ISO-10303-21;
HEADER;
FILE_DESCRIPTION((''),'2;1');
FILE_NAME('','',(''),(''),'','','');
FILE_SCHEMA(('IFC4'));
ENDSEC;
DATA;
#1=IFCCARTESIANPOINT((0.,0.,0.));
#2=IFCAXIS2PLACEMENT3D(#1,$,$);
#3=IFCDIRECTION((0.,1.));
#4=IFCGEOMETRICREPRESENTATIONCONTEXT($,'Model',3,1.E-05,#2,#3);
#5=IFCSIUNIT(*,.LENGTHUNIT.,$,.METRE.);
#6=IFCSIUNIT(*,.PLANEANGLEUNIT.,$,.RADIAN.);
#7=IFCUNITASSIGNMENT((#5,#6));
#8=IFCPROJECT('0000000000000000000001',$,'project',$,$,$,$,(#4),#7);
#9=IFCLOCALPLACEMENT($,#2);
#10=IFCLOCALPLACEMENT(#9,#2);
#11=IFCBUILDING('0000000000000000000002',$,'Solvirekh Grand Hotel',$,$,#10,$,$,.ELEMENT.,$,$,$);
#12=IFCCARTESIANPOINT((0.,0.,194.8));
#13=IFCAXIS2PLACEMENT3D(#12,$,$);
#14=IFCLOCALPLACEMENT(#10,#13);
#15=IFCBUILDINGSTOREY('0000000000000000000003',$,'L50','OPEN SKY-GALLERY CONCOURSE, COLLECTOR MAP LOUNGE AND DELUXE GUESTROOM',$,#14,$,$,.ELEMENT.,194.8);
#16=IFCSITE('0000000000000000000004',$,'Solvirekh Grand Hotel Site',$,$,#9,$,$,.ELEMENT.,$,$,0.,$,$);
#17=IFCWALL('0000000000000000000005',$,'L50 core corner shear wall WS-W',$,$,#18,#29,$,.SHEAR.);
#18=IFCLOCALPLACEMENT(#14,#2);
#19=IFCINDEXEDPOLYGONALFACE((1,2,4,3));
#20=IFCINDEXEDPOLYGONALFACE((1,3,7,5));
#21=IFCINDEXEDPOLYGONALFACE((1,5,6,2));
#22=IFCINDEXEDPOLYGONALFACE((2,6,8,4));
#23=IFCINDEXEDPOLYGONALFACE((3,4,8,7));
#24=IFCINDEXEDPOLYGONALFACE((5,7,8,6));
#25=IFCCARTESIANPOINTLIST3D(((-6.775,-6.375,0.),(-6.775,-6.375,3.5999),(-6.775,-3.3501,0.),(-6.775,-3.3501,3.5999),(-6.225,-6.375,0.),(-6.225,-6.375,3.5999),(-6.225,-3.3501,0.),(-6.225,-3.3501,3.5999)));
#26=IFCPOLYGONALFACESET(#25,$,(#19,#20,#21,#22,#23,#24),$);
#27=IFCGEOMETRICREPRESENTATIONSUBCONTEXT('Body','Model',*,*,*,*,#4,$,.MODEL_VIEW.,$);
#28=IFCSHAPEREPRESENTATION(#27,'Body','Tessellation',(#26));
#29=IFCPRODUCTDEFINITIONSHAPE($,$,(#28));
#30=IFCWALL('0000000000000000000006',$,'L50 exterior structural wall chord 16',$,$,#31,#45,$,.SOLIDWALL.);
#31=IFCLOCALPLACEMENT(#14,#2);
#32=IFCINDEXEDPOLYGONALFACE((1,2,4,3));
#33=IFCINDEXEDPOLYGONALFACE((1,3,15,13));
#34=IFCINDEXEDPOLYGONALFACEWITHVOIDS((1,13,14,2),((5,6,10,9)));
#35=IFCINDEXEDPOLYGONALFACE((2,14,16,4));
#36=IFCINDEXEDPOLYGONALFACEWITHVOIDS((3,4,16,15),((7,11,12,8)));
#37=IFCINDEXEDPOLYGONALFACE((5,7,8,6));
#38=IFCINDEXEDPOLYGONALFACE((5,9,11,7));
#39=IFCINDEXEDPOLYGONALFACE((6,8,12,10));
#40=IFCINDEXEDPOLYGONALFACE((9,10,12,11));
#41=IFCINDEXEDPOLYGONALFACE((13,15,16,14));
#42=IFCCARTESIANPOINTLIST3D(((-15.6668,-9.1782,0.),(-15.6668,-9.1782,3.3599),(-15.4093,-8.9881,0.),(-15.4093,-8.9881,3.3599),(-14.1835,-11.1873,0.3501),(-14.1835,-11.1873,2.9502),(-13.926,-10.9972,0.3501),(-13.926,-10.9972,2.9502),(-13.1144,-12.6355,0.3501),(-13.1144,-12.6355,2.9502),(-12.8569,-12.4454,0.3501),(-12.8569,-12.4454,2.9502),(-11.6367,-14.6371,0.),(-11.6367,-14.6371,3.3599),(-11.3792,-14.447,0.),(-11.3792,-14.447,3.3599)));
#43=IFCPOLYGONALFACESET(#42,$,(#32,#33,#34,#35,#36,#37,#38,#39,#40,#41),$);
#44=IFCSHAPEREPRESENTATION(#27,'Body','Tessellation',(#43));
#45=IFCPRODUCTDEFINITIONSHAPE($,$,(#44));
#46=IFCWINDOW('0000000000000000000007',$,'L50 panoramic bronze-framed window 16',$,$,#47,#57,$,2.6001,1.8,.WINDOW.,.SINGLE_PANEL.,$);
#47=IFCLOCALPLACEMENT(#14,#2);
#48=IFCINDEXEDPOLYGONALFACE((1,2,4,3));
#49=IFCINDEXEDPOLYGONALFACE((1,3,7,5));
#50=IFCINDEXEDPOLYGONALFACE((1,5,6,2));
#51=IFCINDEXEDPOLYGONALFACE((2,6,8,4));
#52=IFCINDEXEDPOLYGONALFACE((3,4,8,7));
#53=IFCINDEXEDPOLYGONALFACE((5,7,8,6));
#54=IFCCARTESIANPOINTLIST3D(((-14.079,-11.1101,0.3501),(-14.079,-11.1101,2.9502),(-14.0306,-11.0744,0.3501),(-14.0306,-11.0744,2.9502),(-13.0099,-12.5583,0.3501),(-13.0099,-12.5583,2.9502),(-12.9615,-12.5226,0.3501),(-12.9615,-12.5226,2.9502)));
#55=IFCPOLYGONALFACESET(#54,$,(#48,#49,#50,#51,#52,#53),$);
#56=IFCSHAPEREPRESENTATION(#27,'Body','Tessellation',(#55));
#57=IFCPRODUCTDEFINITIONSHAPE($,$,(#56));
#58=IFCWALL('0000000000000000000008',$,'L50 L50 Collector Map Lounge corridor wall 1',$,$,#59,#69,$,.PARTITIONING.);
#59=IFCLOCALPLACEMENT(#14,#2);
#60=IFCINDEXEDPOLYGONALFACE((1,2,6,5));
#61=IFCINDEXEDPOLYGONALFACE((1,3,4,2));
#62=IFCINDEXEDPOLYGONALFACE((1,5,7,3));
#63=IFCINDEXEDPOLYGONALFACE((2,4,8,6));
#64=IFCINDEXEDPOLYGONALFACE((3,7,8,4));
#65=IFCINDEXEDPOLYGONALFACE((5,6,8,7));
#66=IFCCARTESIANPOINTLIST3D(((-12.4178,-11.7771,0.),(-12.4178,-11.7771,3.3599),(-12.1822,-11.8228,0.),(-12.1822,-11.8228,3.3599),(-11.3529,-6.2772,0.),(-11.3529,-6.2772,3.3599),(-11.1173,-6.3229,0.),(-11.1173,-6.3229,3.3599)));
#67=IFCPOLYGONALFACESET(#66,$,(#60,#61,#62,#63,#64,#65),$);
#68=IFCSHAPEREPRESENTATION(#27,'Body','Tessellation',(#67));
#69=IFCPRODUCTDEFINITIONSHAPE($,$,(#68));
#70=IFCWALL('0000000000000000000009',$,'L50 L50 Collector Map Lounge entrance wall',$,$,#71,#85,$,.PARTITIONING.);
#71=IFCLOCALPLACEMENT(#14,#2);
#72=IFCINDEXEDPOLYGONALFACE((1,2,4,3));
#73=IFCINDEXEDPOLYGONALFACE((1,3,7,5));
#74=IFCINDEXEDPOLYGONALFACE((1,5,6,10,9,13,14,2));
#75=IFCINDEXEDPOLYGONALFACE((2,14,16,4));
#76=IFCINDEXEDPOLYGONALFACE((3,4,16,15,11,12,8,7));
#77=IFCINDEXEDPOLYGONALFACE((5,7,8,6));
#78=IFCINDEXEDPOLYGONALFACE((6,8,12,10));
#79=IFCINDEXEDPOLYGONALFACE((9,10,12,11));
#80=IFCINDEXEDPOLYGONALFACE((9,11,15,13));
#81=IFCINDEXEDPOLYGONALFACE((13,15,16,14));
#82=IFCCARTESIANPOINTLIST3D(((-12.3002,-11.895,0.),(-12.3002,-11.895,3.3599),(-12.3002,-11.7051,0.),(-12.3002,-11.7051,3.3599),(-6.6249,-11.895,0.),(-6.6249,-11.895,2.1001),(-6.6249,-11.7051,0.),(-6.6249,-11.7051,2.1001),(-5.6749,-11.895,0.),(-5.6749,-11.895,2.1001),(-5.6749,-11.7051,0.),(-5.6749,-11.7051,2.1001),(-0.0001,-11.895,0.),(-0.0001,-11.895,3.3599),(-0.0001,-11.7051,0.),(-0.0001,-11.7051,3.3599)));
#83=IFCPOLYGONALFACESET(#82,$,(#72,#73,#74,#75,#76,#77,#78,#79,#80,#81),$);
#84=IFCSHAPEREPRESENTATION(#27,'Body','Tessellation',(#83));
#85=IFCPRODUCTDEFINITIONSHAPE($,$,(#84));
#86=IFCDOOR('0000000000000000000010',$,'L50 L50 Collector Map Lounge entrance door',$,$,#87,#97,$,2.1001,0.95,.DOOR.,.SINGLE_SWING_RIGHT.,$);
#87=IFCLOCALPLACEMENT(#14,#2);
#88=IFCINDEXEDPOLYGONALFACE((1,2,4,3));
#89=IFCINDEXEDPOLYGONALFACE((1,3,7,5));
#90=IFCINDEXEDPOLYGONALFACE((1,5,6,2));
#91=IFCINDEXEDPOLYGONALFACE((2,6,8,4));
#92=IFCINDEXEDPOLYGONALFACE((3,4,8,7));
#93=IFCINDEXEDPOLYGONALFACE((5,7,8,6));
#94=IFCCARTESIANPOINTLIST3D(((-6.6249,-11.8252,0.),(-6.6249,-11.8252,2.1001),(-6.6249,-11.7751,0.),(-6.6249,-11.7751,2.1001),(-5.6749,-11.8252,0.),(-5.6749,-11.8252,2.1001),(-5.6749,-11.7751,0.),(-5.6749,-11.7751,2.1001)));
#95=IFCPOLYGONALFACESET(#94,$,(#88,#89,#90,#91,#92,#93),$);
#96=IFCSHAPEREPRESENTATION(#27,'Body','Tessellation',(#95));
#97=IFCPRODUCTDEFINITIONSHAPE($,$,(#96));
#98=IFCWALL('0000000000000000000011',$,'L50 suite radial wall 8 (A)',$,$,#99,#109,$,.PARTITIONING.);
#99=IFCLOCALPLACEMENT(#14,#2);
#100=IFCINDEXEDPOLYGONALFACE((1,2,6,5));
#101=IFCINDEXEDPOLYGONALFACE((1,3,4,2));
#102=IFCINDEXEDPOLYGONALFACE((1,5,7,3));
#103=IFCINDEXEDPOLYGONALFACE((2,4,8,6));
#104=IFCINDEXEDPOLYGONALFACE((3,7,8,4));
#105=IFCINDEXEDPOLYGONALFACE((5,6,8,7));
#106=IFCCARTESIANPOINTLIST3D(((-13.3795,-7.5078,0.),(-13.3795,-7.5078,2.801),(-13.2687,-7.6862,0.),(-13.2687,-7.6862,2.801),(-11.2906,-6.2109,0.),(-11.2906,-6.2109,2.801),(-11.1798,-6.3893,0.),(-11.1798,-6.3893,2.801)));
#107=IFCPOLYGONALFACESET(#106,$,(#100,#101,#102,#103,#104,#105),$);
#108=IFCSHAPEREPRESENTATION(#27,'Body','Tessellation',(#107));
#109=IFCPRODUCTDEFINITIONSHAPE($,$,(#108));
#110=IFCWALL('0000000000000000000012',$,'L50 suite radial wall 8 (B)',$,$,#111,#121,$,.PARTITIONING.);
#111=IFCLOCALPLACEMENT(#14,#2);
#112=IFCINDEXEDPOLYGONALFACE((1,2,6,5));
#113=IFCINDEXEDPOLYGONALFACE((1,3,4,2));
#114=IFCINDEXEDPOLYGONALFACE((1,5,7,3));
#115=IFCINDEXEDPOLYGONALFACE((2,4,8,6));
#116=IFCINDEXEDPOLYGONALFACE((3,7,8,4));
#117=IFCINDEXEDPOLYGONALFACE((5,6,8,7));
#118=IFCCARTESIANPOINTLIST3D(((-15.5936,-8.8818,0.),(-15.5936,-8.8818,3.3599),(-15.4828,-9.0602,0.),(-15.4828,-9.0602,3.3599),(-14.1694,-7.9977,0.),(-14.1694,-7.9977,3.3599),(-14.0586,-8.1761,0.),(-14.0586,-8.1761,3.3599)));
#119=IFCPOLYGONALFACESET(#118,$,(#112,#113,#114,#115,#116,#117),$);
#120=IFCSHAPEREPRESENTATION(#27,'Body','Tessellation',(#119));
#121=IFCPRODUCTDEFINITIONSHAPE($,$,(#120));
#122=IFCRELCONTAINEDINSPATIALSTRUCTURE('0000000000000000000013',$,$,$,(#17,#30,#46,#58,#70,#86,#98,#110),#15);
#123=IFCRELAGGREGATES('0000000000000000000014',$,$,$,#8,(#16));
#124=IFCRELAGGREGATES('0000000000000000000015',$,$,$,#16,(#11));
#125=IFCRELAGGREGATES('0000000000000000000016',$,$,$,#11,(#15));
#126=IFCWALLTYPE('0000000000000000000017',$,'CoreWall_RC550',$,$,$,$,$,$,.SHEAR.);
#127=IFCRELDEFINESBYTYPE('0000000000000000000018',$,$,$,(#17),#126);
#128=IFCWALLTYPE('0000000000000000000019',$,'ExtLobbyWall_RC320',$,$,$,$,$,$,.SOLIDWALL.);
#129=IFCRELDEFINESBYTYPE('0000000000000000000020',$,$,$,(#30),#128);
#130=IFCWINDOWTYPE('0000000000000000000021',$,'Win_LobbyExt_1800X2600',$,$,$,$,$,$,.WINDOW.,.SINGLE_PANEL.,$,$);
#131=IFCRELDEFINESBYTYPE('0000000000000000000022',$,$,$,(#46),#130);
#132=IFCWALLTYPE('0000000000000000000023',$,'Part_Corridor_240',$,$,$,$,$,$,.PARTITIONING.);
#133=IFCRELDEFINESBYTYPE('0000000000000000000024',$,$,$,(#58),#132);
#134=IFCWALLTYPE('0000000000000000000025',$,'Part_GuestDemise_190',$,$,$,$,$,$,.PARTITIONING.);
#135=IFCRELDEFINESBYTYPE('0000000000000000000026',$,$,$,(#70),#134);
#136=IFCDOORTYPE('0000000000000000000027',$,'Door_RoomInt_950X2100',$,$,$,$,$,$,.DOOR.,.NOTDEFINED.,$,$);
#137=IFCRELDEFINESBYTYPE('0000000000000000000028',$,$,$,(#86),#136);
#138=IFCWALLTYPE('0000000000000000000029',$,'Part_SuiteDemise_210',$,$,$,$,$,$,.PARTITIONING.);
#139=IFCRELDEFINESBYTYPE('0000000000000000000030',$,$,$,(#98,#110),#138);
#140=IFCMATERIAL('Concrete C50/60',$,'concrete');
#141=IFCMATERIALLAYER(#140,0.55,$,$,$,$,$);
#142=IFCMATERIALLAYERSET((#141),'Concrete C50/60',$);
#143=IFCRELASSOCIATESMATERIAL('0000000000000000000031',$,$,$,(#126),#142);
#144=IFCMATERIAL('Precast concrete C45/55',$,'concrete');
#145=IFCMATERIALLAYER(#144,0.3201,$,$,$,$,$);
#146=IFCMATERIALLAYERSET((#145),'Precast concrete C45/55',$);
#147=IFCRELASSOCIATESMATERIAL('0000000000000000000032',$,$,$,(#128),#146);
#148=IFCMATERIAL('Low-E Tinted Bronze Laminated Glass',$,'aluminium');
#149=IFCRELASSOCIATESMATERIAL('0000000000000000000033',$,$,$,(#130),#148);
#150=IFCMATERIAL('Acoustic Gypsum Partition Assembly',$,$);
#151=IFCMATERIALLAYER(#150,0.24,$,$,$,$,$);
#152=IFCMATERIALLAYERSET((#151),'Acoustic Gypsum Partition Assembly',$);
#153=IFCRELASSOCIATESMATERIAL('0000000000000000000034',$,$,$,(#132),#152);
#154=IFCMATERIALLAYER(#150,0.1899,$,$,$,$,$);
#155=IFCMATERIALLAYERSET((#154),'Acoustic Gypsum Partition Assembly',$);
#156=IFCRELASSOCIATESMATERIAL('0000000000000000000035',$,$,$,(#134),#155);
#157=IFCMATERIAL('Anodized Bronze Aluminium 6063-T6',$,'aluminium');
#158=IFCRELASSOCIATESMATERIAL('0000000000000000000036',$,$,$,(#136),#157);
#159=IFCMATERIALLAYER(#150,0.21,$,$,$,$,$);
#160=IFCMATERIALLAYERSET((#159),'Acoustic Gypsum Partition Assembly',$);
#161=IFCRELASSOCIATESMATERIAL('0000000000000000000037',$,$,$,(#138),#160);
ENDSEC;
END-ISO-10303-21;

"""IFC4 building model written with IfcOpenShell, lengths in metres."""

from ifc_helpers import new_model, si_unit, direction, frame, frame_2d, origin, place, context, subcontext, project, spatial, rectangle, extrude, material, layer, layer_set, type_object, element, fill, save


model = new_model("IFC4")

# Units and contexts
model_context = context("Model", 3, precision=1e-05, world=origin(), true_north=direction((0.0, 1.0)))
body_context = subcontext(model_context, "Body", "Model", "MODEL_VIEW")
ifc_project = project(units=[si_unit("LENGTHUNIT", "METRE"), si_unit("PLANEANGLEUNIT", "RADIAN")], contexts=[model_context])

# Site, building, storey
site_placement = place(None, origin())
site = spatial("IfcSite", under=ifc_project, at=site_placement, Name="Solvirekh Grand Hotel Site", CompositionType="ELEMENT", RefElevation=0.0)
building_placement = place(site_placement, origin())
building = spatial("IfcBuilding", under=site, at=building_placement, Name="Solvirekh Grand Hotel", CompositionType="ELEMENT")
storey_placement = place(building_placement, frame((0.0, 0.0, 194.8)))
storey = spatial("IfcBuildingStorey", under=building, at=storey_placement, Name="L50", Description="OPEN SKY-GALLERY CONCOURSE, COLLECTOR MAP LOUNGE AND DELUXE GUESTROOM", CompositionType="ELEMENT", Elevation=194.8)

# Shared definitions
ifc_material_1 = material(Name="Concrete C50/60", Category="concrete")

# Shared definitions
ifc_material_2 = material(Name="Anodized Bronze Aluminium 6063-T6", Category="aluminium")
ifc_material_3 = material(Name="Low-E Tinted Bronze Laminated Glass", Category="aluminium")

# Wall
ifc_layer_1 = layer(ifc_material_1, 0.55)
ifc_layer_set_1 = layer_set([ifc_layer_1], Name="Concrete C50/60")
wall_type_1 = type_object("IfcWallType", Name="CoreWall_RC550", PredefinedType="SHEAR", material=ifc_layer_set_1)
wall_1_placement = place(storey_placement, frame((-6.5, -6.375, 0.0), z_axis=(0.0, 0.0, 1.0), x_axis=(0.0, 1.0, 0.0)))
element("IfcWall", 1, at=wall_1_placement, inside=storey, type_object=wall_type_1, Name="L50 core corner shear wall WS-W", PredefinedType="SHEAR", context=body_context, shape_type="SweptSolid", body=[
    extrude(rectangle(XDim=3.0249, YDim=0.55, at=frame_2d((1.5125, 0.0))), origin(), (0.0, 0.0, 1.0), 3.5999),
])

# Wall, opening, window
ifc_material_4 = material(Name="Precast concrete C45/55", Category="concrete")
ifc_layer_2 = layer(ifc_material_4, 0.3201)
ifc_layer_set_2 = layer_set([ifc_layer_2], Name="Precast concrete C45/55")
wall_type_2 = type_object("IfcWallType", Name="ExtLobbyWall_RC320", PredefinedType="SOLIDWALL", material=ifc_layer_set_2)
wall_2_placement = place(storey_placement, frame((-11.5081, -14.542, 0.0), z_axis=(0.0, 0.0, 1.0), x_axis=(-0.593927, 0.804519, 0.0)))
wall_2 = element("IfcWall", 2, at=wall_2_placement, inside=storey, type_object=wall_type_2, Name="L50 exterior structural wall chord 16", PredefinedType="SOLIDWALL", context=body_context, shape_type="SweptSolid", body=[
    extrude(rectangle(XDim=6.7854, YDim=0.3201, at=frame_2d((3.3926, 0.0))), origin(), (0.0, 0.0, 1.0), 3.3599),
])
opening_1_placement = place(wall_2_placement, frame((2.488, 0.0, 0.3501)))
opening_1 = element("IfcOpeningElement", 3, at=opening_1_placement, cuts=wall_2, PredefinedType="OPENING", context=body_context, shape_type="SweptSolid", body=[
    extrude(rectangle(XDim=1.8, YDim=2.6001, at=frame_2d((0.8999, 1.3))), frame((0.0, 0.1699, 0.0), z_axis=(0.0, -1.0, 0.0), x_axis=(1.0, 0.0, 0.0)), (0.0, 0.0, 1.0), 0.3401),
])
window_type = type_object("IfcWindowType", Name="Win_LobbyExt_1800X2600", PartitioningType="SINGLE_PANEL", PredefinedType="WINDOW", material=ifc_material_3)
window_placement = place(opening_1_placement, origin())
window = element("IfcWindow", 4, at=window_placement, inside=storey, type_object=window_type, Name="L50 panoramic bronze-framed window 16", OverallHeight=2.6001, OverallWidth=1.8, PartitioningType="SINGLE_PANEL", PredefinedType="WINDOW", context=body_context, shape_type="SweptSolid", body=[
    extrude(rectangle(XDim=1.8, YDim=2.6001, at=frame_2d((0.8999, 1.3))), frame((0.0, 0.03, 0.0), z_axis=(0.0, -1.0, 0.0), x_axis=(1.0, 0.0, 0.0)), (0.0, 0.0, 1.0), 0.0601),
])
fill(opening_1, window)

# Wall
ifc_material_5 = material(Name="Acoustic Gypsum Partition Assembly")
ifc_layer_3 = layer(ifc_material_5, 0.24)
ifc_layer_set_3 = layer_set([ifc_layer_3], Name="Acoustic Gypsum Partition Assembly")
wall_type_3 = type_object("IfcWallType", Name="Part_Corridor_240", PredefinedType="PARTITIONING", material=ifc_layer_set_3)
wall_3_placement = place(storey_placement, frame((-11.2351, -6.3, 0.0), z_axis=(0.0, 0.0, 1.0), x_axis=(-0.190095, -0.981766, 0.0)))
element("IfcWall", 5, at=wall_3_placement, inside=storey, type_object=wall_type_3, Name="L50 L50 Collector Map Lounge corridor wall 1", PredefinedType="PARTITIONING", context=body_context, shape_type="SweptSolid", body=[
    extrude(rectangle(XDim=5.6021, YDim=0.24, at=frame_2d((2.801, 0.0))), origin(), (0.0, 0.0, 1.0), 3.3599),
])

# Wall, opening, door
ifc_layer_4 = layer(ifc_material_5, 0.1899)
ifc_layer_set_4 = layer_set([ifc_layer_4], Name="Acoustic Gypsum Partition Assembly")
wall_type_4 = type_object("IfcWallType", Name="Part_GuestDemise_190", PredefinedType="PARTITIONING", material=ifc_layer_set_4)
wall_4_placement = place(storey_placement, frame((-12.3, -11.8, 0.0), z_axis=(0.0, 0.0, 1.0), x_axis=(1.0, 0.0, 0.0)))
wall_4 = element("IfcWall", 6, at=wall_4_placement, inside=storey, type_object=wall_type_4, Name="L50 L50 Collector Map Lounge entrance wall", PredefinedType="PARTITIONING", context=body_context, shape_type="SweptSolid", body=[
    extrude(rectangle(XDim=12.3, YDim=0.1899, at=frame_2d((6.1499, 0.0))), origin(), (0.0, 0.0, 1.0), 3.3599),
])
opening_2_placement = place(wall_4_placement, frame((5.675, 0.0, 0.0)))
opening_2 = element("IfcOpeningElement", 7, at=opening_2_placement, cuts=wall_4, PredefinedType="OPENING", context=body_context, shape_type="SweptSolid", body=[
    extrude(rectangle(XDim=0.95, YDim=2.1001, at=frame_2d((0.4751, 1.05))), frame((0.0, 0.105, 0.0), z_axis=(0.0, -1.0, 0.0), x_axis=(1.0, 0.0, 0.0)), (0.0, 0.0, 1.0), 0.21),
])
door_type = type_object("IfcDoorType", Name="Door_RoomInt_950X2100", OperationType="NOTDEFINED", PredefinedType="DOOR", material=ifc_material_2)
door_placement = place(opening_2_placement, origin())
door = element("IfcDoor", 8, at=door_placement, inside=storey, type_object=door_type, Name="L50 L50 Collector Map Lounge entrance door", OperationType="SINGLE_SWING_RIGHT", OverallHeight=2.1001, OverallWidth=0.95, PredefinedType="DOOR", context=body_context, shape_type="SweptSolid", body=[
    extrude(rectangle(XDim=0.95, YDim=2.1001, at=frame_2d((0.4751, 1.05))), frame((0.0, 0.0249, 0.0), z_axis=(0.0, -1.0, 0.0), x_axis=(1.0, 0.0, 0.0)), (0.0, 0.0, 1.0), 0.05),
])
fill(opening_2, door)

# Walls
ifc_layer_5 = layer(ifc_material_5, 0.21)
ifc_layer_set_5 = layer_set([ifc_layer_5], Name="Acoustic Gypsum Partition Assembly")
wall_type_5 = type_object("IfcWallType", Name="Part_SuiteDemise_210", PredefinedType="PARTITIONING", material=ifc_layer_set_5)
wall_5_placement = place(storey_placement, frame((-11.2351, -6.3, 0.0), z_axis=(0.0, 0.0, 1.0), x_axis=(-0.849579, -0.527462, 0.0)))
element("IfcWall", 9, at=wall_5_placement, inside=storey, type_object=wall_type_5, Name="L50 suite radial wall 8 (A)", PredefinedType="PARTITIONING", context=body_context, shape_type="SweptSolid", body=[
    extrude(rectangle(XDim=2.4587, YDim=0.21, at=frame_2d((1.2295, 0.0))), origin(), (0.0, 0.0, 1.0), 2.801),
])
wall_6_placement = place(storey_placement, frame((-14.114, -8.0869, 0.0), z_axis=(0.0, 0.0, 1.0), x_axis=(-0.849606, -0.527417, 0.0)))
element("IfcWall", 10, at=wall_6_placement, inside=storey, type_object=wall_type_5, Name="L50 suite radial wall 8 (B)", PredefinedType="PARTITIONING", context=body_context, shape_type="SweptSolid", body=[
    extrude(rectangle(XDim=1.6763, YDim=0.21, at=frame_2d((0.8381, 0.0))), origin(), (0.0, 0.0, 1.0), 3.3599),
])

save(model, "model.ifc")
